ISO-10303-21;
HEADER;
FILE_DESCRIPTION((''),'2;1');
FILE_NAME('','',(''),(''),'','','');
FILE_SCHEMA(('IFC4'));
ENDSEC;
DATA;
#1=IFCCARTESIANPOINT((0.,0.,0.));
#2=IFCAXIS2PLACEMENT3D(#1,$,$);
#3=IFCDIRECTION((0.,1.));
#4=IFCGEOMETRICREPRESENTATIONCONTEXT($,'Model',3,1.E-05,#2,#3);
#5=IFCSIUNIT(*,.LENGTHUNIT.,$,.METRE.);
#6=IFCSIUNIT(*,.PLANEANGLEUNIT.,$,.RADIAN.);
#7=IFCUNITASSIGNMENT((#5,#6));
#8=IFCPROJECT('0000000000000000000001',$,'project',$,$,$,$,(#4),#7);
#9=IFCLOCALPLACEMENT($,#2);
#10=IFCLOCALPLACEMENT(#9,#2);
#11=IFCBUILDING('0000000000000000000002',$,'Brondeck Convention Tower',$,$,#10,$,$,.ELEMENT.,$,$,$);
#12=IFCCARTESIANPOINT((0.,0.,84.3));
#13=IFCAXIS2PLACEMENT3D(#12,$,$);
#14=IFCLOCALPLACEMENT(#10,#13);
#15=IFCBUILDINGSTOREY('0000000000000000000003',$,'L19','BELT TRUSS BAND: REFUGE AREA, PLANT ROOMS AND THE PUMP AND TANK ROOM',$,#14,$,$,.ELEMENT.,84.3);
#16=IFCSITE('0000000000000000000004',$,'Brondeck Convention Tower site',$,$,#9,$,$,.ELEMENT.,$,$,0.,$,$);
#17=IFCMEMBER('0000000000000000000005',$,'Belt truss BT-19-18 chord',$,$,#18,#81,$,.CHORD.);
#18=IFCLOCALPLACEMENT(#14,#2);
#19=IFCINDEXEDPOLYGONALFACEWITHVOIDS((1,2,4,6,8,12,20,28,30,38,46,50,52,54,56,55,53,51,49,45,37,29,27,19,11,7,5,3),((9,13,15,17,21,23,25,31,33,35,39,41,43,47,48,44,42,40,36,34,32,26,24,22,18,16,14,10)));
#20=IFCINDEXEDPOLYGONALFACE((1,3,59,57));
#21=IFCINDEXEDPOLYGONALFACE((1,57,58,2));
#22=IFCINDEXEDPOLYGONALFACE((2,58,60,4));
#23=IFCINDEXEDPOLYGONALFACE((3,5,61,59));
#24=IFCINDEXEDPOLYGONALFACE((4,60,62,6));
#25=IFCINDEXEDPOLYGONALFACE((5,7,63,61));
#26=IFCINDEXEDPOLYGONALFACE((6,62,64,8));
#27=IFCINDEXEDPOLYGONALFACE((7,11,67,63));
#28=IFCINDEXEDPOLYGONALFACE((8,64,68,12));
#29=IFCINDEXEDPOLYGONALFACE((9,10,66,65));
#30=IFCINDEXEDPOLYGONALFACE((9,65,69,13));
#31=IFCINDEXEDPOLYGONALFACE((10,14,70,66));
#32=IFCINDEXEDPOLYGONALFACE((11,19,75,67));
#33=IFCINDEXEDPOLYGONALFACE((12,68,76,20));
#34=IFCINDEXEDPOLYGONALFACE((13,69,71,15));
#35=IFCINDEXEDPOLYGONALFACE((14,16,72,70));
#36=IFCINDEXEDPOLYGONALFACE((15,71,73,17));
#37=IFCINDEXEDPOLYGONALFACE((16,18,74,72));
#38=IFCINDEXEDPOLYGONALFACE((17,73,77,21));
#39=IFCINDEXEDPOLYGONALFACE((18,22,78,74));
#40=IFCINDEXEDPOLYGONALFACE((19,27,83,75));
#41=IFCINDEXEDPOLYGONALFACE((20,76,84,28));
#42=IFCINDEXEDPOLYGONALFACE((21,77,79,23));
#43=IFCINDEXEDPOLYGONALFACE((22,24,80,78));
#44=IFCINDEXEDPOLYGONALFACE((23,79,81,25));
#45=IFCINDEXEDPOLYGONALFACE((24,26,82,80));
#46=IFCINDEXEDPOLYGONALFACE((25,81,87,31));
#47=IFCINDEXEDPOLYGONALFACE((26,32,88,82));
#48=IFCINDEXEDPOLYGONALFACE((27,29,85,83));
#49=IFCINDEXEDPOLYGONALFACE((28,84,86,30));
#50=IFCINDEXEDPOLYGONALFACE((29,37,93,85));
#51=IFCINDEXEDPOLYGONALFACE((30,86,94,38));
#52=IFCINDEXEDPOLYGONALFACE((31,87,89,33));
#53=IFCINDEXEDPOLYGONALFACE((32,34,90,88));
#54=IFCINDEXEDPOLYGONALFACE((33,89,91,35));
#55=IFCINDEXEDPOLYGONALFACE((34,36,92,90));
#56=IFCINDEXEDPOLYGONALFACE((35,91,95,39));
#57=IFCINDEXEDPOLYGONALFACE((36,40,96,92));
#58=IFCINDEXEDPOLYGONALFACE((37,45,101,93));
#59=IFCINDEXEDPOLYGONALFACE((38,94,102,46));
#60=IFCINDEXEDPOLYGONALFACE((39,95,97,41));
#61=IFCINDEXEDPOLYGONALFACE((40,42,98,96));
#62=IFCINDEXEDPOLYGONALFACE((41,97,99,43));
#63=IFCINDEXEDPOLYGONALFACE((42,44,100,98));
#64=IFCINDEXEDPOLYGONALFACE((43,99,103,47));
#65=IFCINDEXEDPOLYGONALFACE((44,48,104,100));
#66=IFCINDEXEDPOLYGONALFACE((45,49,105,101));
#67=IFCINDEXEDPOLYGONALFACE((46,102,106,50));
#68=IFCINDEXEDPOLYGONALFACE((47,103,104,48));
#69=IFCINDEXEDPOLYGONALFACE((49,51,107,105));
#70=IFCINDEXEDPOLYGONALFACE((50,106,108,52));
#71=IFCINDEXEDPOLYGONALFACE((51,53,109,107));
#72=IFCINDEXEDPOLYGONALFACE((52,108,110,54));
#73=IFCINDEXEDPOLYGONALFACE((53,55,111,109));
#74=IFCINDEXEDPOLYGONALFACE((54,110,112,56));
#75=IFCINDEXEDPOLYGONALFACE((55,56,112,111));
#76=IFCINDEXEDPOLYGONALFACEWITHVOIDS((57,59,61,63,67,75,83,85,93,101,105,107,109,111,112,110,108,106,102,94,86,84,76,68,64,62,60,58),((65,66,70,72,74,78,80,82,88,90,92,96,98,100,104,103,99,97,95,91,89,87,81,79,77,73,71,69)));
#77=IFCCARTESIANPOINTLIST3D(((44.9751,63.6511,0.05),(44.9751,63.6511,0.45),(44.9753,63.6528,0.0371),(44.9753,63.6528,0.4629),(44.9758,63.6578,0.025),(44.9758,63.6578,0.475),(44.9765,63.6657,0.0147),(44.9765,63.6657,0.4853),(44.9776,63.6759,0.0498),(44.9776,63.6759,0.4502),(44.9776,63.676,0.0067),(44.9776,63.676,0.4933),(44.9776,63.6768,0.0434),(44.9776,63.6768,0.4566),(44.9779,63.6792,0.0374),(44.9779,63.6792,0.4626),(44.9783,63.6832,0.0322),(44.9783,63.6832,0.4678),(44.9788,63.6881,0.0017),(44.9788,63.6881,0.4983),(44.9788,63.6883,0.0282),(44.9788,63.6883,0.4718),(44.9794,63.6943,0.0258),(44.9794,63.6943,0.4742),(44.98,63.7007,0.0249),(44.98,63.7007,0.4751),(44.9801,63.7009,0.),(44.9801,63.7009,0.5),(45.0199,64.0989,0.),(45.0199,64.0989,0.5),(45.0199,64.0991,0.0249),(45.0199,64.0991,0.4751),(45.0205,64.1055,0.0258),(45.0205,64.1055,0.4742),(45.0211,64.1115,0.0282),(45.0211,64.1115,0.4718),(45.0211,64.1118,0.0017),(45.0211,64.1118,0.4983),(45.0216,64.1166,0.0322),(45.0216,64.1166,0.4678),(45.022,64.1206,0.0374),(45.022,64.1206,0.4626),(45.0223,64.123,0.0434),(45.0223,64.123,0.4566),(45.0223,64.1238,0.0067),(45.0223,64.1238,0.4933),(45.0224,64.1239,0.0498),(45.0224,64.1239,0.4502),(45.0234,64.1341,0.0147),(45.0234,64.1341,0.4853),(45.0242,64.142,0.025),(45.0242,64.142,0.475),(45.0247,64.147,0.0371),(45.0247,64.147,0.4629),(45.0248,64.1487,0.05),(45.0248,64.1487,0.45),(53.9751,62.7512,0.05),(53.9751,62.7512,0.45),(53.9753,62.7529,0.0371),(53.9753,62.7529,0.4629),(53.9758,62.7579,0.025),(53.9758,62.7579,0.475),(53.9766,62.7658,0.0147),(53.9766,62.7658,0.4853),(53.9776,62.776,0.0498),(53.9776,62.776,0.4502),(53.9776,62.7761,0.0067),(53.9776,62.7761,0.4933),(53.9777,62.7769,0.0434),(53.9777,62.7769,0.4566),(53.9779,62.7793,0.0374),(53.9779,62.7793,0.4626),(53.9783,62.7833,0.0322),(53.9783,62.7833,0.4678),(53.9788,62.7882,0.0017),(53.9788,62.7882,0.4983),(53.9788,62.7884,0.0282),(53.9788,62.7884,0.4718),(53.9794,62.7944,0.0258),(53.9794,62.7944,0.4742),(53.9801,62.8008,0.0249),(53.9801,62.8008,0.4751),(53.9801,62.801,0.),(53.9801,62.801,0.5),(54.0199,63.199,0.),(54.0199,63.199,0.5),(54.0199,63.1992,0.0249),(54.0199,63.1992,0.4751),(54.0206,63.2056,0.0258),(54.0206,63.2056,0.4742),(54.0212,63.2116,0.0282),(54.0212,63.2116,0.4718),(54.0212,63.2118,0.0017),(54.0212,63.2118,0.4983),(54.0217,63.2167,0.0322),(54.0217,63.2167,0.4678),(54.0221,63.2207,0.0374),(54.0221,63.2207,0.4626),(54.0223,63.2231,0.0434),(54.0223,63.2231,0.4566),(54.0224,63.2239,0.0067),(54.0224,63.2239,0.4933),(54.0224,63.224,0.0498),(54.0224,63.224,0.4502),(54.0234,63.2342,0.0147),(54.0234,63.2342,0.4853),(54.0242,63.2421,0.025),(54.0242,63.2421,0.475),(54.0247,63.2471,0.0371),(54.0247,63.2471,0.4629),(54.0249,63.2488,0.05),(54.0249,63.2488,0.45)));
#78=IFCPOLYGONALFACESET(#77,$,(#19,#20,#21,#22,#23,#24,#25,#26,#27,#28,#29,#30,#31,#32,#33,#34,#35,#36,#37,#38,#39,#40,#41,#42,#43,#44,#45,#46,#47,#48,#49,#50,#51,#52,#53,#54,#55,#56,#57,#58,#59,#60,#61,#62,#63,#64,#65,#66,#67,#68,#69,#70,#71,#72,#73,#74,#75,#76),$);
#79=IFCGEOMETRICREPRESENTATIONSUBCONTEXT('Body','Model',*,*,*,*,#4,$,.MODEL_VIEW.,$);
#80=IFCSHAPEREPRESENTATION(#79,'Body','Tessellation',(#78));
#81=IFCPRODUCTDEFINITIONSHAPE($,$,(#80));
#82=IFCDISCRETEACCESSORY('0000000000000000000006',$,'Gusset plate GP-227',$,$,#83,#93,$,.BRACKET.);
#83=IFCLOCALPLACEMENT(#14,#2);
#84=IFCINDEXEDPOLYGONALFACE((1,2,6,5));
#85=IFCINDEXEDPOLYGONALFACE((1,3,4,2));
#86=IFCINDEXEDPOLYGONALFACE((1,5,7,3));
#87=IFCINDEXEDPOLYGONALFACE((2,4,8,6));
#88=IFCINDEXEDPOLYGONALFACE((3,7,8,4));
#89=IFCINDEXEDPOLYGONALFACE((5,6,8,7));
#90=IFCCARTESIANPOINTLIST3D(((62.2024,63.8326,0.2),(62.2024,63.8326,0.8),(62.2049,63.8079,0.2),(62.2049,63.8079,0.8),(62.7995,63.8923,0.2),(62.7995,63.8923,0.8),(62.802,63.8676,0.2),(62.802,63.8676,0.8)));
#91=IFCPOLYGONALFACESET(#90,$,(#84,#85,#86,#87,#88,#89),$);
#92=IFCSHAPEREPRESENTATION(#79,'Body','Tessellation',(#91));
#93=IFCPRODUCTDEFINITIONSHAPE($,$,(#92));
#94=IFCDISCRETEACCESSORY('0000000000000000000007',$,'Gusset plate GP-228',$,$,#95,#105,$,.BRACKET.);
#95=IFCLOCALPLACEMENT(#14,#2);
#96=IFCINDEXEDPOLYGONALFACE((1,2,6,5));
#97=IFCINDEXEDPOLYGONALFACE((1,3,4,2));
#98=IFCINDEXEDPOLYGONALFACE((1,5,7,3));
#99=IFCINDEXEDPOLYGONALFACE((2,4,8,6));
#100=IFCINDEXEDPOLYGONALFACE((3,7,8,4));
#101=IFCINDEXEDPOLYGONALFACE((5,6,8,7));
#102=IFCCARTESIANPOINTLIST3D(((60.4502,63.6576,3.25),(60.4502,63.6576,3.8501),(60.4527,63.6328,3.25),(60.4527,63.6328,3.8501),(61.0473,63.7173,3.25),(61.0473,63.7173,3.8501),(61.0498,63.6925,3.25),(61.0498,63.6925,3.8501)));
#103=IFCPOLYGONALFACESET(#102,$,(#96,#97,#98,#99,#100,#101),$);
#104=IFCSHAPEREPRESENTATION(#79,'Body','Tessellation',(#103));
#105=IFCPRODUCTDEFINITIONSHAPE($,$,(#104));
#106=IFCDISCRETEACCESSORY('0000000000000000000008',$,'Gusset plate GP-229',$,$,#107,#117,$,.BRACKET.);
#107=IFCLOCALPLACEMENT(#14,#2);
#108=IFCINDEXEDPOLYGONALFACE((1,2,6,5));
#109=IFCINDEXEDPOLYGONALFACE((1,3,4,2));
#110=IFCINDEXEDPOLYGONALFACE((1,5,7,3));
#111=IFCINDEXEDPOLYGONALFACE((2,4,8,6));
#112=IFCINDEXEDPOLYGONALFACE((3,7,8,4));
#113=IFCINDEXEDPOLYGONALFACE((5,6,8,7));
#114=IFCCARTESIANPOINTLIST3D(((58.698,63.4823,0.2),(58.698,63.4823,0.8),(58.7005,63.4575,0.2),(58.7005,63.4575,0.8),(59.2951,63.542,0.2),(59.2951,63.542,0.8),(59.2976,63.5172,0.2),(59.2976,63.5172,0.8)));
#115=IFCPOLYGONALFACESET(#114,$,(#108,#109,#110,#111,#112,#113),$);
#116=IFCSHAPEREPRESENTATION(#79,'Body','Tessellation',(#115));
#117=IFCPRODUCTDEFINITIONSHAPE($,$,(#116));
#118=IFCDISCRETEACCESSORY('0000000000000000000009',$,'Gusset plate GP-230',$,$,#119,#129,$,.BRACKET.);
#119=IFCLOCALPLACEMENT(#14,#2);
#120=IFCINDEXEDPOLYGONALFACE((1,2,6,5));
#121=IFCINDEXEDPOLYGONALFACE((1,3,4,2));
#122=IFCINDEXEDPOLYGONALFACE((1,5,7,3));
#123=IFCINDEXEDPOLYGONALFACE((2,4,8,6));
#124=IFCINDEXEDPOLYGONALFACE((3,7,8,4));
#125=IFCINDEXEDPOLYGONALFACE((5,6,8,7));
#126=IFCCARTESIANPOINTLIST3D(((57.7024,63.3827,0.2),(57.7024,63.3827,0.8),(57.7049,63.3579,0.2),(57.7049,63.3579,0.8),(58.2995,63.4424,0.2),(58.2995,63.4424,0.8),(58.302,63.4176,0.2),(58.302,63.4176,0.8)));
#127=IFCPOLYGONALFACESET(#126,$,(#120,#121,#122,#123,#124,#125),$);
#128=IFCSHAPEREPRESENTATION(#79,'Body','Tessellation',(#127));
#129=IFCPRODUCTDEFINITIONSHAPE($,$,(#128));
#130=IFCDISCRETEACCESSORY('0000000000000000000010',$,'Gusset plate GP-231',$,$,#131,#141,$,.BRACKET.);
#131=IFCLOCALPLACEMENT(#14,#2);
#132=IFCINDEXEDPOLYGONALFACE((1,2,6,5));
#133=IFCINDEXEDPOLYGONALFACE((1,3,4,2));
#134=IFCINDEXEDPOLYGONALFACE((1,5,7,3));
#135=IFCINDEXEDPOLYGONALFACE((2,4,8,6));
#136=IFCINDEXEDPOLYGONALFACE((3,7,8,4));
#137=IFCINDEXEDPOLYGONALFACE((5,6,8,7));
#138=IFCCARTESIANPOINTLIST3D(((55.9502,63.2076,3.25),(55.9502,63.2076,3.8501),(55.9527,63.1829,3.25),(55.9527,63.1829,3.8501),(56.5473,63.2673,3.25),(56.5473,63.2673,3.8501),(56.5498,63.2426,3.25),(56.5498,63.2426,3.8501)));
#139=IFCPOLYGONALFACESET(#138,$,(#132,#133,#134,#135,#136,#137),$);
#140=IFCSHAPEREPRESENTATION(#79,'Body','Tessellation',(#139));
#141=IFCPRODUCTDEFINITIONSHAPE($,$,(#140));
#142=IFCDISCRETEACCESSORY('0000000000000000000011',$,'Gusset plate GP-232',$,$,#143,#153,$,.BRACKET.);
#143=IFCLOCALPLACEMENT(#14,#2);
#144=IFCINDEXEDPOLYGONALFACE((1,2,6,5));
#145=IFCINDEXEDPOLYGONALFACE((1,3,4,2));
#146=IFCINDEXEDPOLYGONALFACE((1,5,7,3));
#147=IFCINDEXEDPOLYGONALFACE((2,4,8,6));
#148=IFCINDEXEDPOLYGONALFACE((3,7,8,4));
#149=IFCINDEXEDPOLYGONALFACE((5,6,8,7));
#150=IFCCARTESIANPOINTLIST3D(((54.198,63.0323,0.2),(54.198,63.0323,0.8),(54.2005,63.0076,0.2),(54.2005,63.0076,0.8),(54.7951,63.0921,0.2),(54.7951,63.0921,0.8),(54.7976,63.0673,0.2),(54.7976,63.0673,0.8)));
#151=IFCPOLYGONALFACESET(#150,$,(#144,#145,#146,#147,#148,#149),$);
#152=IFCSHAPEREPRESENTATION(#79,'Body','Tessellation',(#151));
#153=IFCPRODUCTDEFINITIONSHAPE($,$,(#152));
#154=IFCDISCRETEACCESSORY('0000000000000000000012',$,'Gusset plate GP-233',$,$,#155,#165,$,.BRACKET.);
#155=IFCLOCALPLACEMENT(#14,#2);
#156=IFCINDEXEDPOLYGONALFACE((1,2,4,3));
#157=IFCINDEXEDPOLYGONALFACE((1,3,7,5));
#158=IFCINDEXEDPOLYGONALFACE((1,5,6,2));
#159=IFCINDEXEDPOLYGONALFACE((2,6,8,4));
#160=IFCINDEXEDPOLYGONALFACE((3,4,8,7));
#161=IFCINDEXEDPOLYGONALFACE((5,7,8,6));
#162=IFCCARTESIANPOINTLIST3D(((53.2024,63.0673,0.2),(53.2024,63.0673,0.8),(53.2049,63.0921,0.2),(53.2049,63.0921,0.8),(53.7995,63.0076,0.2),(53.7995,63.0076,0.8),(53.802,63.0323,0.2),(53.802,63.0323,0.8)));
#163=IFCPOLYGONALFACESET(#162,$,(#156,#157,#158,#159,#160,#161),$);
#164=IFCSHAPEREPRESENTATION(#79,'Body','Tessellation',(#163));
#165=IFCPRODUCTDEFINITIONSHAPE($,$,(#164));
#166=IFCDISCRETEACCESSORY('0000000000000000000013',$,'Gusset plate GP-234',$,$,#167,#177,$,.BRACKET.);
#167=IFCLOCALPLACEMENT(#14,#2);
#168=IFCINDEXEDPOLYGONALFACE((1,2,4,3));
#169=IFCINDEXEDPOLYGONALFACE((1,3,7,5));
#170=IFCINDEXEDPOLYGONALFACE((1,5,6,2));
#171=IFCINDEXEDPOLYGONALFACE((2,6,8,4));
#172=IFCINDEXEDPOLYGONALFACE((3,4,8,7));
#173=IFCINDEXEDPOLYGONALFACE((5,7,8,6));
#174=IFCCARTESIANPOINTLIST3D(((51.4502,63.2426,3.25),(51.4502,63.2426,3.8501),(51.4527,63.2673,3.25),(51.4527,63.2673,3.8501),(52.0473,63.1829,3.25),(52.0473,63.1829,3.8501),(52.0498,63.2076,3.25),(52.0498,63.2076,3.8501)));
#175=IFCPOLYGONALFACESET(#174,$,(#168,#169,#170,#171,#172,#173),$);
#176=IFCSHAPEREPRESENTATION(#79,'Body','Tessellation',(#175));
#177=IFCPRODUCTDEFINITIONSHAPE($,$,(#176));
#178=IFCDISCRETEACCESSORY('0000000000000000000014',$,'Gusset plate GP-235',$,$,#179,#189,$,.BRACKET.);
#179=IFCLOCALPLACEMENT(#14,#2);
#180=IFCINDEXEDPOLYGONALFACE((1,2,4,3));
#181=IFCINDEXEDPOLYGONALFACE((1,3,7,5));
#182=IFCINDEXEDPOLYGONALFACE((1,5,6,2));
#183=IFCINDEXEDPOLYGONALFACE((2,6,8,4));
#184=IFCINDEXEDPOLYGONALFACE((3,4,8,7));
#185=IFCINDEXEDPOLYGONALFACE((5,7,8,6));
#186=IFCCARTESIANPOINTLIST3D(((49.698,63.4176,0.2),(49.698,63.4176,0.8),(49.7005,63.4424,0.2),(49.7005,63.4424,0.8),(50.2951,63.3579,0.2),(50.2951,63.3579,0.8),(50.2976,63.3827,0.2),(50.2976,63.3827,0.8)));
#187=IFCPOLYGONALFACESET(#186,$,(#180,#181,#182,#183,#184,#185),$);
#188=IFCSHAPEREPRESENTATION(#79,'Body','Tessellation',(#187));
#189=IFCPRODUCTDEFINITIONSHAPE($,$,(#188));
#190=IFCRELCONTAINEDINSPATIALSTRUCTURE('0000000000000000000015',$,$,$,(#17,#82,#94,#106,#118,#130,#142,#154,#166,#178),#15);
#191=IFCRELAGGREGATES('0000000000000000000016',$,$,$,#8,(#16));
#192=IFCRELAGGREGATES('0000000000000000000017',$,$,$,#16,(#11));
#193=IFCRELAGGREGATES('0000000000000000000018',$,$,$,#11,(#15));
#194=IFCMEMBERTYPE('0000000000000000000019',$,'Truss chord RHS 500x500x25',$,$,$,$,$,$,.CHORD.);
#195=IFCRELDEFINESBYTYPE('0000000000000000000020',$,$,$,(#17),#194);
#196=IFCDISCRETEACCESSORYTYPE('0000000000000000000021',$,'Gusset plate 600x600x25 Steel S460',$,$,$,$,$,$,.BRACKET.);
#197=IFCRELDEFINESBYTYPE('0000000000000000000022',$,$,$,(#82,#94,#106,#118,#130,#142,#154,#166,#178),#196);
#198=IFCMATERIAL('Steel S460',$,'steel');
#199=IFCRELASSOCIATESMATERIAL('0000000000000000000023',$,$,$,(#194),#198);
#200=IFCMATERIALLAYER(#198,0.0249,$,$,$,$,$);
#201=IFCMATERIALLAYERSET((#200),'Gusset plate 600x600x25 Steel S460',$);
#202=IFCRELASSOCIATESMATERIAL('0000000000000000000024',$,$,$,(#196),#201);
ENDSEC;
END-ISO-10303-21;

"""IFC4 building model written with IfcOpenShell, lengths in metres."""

from ifc_helpers import new_model, si_unit, direction, frame, origin, origin_2d, place, context, subcontext, project, spatial, rectangle, hollow_rectangle, extrude, material, layer, layer_set, material_profile, profile_set, type_object, element, save


model = new_model("IFC4")

# Units and contexts
model_context = context("Model", 3, precision=1e-05, world=origin(), true_north=direction((0.0, 1.0)))
body_context = subcontext(model_context, "Body", "Model", "MODEL_VIEW")
ifc_project = project(units=[si_unit("LENGTHUNIT", "METRE"), si_unit("PLANEANGLEUNIT", "RADIAN")], contexts=[model_context])

# Site, building, storey
site_placement = place(None, origin())
site = spatial("IfcSite", under=ifc_project, at=site_placement, Name="Brondeck Convention Tower site", CompositionType="ELEMENT", RefElevation=0.0)
building_placement = place(site_placement, origin())
building = spatial("IfcBuilding", under=site, at=building_placement, Name="Brondeck Convention Tower", CompositionType="ELEMENT")
storey_placement = place(building_placement, frame((0.0, 0.0, 84.3)))
storey = spatial("IfcBuildingStorey", under=building, at=storey_placement, Name="L19", Description="BELT TRUSS BAND: REFUGE AREA, PLANT ROOMS AND THE PUMP AND TANK ROOM", CompositionType="ELEMENT", Elevation=84.3)

# Shared definitions
ifc_material_1 = material(Name="Steel S460", Category="steel")

# Member
ifc_material_profile_1 = material_profile(ifc_material_1, hollow_rectangle(XDim=0.5, YDim=0.5, WallThickness=0.0249, InnerFilletRadius=0.0249, OuterFilletRadius=0.05, at=origin_2d()), Name="RHS 500x500x25")
ifc_profile_set_1 = profile_set([ifc_material_profile_1], Name="Steel S460")
member_type_1 = type_object("IfcMemberType", Name="Truss chord RHS 500x500x25", PredefinedType="CHORD", material=ifc_profile_set_1)
for number, where, z_axis, x_axis, name in (
    (1, (54.0, 63.0, 0.25), (-0.995038, 0.099493, 0.0), (-0.099493, -0.995038, 0.0), "Belt truss BT-19-18 chord"),
):
    element("IfcMember", number, at=place(storey_placement, frame(where, z_axis=z_axis, x_axis=x_axis)), inside=storey, type_object=member_type_1, Name=name, PredefinedType="CHORD", context=body_context, shape_type="SweptSolid", body=[
        extrude(hollow_rectangle(XDim=0.5, YDim=0.5, WallThickness=0.0249, InnerFilletRadius=0.0249, OuterFilletRadius=0.05, at=origin_2d()), origin(), (0.0, 0.0, 1.0), 9.0449),
    ])

# Discrete accessories
ifc_layer = layer(ifc_material_1, 0.0249)
ifc_layer_set = layer_set([ifc_layer], Name="Gusset plate 600x600x25 Steel S460")
discrete_accessory_type = type_object("IfcDiscreteAccessoryType", Name="Gusset plate 600x600x25 Steel S460", PredefinedType="BRACKET", material=ifc_layer_set)
for number, where, z_axis, x_axis, name in (
    (2, (62.5022, 63.8501, 0.2), (0.0, 0.0, 1.0), (0.995036, 0.099511, 0.0), "Gusset plate GP-227"),
    (3, (60.75, 63.675, 3.25), (0.0, 0.0, 1.0), (0.995036, 0.099511, 0.0), "Gusset plate GP-228"),
    (4, (58.9978, 63.4998, 0.2), (0.0, 0.0, 1.0), (0.995036, 0.099511, 0.0), "Gusset plate GP-229"),
    (5, (58.0022, 63.4001, 0.2), (0.0, 0.0, 1.0), (0.995036, 0.099511, 0.0), "Gusset plate GP-230"),
    (6, (56.25, 63.2251, 3.25), (0.0, 0.0, 1.0), (0.995036, 0.099511, 0.0), "Gusset plate GP-231"),
    (7, (54.4978, 63.0498, 0.2), (0.0, 0.0, 1.0), (0.995036, 0.099511, 0.0), "Gusset plate GP-232"),
    (8, (53.5022, 63.0498, 0.2), (0.0, 0.0, 1.0), (-0.995036, 0.099511, 0.0), "Gusset plate GP-233"),
    (9, (51.75, 63.2251, 3.25), (0.0, 0.0, 1.0), (-0.995036, 0.099511, 0.0), "Gusset plate GP-234"),
    (10, (49.9978, 63.4001, 0.2), (0.0, 0.0, 1.0), (-0.995036, 0.099511, 0.0), "Gusset plate GP-235"),
):
    element("IfcDiscreteAccessory", number, at=place(storey_placement, frame(where, z_axis=z_axis, x_axis=x_axis)), inside=storey, type_object=discrete_accessory_type, Name=name, PredefinedType="BRACKET", context=body_context, shape_type="SweptSolid", body=[
        extrude(rectangle(XDim=0.6001, YDim=0.0249, at=origin_2d()), origin(), (0.0, 0.0, 1.0), 0.6001),
    ])

save(model, "model.ifc")
